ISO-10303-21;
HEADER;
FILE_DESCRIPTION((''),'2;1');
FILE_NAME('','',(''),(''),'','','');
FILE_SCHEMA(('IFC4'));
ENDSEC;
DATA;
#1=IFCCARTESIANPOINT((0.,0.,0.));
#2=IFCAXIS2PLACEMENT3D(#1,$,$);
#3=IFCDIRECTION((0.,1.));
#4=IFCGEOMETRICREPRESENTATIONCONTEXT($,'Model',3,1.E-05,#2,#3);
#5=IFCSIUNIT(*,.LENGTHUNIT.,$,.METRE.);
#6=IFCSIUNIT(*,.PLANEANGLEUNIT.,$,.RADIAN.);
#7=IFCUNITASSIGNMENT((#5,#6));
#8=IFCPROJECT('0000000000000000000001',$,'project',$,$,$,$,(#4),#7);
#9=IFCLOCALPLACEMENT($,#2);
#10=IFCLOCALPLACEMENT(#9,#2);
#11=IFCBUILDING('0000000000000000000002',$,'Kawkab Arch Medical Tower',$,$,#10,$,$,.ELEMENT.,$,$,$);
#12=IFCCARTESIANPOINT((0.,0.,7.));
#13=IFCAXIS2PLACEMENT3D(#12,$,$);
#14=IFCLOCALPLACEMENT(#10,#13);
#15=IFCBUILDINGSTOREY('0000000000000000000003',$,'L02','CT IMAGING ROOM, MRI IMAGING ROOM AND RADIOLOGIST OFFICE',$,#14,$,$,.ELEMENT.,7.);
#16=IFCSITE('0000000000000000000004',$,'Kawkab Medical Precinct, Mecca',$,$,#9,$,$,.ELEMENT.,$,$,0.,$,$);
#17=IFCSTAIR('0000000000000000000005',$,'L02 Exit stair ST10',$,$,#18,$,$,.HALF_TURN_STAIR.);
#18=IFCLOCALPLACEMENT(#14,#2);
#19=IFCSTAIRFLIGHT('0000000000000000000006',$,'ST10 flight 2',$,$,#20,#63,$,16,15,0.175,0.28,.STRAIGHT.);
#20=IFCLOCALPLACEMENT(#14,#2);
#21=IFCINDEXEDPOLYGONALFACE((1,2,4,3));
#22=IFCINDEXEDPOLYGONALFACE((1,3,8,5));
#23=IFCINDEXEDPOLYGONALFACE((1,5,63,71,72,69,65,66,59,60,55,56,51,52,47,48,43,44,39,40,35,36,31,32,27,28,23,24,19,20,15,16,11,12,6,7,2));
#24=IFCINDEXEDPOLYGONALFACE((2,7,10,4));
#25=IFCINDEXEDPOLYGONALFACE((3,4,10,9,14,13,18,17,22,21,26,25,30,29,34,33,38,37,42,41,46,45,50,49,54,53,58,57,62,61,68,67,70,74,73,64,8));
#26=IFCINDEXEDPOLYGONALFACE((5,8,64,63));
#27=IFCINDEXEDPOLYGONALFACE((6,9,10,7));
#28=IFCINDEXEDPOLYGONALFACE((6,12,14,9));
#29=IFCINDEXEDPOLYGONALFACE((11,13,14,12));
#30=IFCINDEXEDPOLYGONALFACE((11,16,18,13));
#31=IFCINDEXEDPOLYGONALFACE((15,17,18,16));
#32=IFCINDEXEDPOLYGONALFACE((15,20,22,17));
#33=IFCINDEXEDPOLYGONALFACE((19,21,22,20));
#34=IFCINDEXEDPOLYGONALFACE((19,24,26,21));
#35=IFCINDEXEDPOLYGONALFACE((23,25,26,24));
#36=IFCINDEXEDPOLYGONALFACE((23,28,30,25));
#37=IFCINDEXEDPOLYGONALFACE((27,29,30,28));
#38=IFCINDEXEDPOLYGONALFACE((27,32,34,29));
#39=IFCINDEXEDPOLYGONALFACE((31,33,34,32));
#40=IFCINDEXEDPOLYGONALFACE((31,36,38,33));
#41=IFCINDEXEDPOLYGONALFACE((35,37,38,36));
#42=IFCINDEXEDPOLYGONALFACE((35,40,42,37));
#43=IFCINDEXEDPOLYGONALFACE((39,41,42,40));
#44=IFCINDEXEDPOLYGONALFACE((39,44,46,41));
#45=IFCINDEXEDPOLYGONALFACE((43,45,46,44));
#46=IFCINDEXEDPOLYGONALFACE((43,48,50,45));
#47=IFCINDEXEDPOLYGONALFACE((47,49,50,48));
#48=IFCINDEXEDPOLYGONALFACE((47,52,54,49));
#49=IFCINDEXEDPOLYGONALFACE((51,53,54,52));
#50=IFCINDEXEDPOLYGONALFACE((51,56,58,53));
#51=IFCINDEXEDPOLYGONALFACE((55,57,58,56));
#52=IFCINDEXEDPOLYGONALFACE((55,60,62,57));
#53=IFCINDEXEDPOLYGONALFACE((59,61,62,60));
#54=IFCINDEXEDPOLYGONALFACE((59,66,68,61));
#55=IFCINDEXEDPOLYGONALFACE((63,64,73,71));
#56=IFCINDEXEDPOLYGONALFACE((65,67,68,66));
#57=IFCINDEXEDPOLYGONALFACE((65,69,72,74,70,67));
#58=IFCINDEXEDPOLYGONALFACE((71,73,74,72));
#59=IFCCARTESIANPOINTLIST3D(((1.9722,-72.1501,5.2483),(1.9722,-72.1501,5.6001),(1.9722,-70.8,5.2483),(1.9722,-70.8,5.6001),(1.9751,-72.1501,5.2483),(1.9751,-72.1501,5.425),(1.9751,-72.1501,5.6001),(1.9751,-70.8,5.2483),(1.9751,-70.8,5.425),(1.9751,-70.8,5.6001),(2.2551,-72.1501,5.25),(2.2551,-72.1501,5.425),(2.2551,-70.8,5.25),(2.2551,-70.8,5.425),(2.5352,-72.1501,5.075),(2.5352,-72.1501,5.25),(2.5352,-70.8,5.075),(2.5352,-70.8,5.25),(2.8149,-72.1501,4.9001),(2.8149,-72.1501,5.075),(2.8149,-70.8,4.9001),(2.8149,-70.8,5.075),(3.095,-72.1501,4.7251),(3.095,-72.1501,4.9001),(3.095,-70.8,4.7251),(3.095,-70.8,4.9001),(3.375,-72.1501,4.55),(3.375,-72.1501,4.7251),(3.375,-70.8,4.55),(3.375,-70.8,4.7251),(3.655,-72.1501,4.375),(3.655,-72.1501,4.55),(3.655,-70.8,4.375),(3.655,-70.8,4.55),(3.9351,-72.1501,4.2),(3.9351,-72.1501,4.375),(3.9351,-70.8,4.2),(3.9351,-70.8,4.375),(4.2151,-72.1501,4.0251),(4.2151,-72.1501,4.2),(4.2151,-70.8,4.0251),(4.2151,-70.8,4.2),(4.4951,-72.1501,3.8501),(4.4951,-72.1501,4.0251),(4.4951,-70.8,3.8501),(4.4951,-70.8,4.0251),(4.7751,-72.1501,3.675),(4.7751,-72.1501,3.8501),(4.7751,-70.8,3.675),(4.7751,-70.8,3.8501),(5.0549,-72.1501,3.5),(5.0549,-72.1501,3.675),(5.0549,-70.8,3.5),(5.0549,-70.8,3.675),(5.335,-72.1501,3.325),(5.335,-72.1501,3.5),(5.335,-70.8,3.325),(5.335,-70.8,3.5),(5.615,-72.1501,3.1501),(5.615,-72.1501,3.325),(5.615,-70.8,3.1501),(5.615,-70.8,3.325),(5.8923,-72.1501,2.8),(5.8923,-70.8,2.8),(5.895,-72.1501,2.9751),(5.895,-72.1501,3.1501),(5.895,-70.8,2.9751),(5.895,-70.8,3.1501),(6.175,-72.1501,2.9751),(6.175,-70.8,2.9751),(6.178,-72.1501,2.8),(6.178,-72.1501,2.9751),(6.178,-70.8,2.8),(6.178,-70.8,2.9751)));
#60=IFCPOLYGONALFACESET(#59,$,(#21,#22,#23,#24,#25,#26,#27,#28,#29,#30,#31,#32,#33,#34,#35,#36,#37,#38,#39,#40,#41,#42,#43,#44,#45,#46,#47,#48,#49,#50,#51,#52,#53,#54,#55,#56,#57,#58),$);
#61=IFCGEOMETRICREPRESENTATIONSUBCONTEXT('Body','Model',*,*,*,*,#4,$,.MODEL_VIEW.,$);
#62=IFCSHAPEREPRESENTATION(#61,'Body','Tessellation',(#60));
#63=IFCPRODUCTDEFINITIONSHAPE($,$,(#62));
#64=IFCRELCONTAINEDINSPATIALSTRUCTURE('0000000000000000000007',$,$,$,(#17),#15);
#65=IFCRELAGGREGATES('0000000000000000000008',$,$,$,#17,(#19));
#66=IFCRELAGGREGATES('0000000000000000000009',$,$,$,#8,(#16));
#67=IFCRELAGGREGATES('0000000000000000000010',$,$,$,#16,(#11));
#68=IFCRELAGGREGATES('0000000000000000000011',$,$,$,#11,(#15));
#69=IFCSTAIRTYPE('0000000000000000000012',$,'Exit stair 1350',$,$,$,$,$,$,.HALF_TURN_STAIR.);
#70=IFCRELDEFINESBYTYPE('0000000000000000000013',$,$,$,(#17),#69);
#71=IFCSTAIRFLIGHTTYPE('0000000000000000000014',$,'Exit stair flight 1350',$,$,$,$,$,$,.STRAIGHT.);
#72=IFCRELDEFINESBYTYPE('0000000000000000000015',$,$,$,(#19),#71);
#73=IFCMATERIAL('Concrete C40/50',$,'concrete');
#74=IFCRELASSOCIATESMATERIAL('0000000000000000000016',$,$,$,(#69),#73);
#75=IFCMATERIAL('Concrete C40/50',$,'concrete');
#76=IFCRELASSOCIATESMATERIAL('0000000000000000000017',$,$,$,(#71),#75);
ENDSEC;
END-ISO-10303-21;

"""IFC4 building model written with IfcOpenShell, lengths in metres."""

from ifc_helpers import new_model, si_unit, direction, frame, origin, place, context, subcontext, project, spatial, polyline, outline, extrude, material, type_object, element, aggregate, save


model = new_model("IFC4")

# Units and contexts
model_context = context("Model", 3, precision=1e-05, world=origin(), true_north=direction((0.0, 1.0)))
body_context = subcontext(model_context, "Body", "Model", "MODEL_VIEW")
ifc_project = project(units=[si_unit("LENGTHUNIT", "METRE"), si_unit("PLANEANGLEUNIT", "RADIAN")], contexts=[model_context])

# Site, building, storey
site_placement = place(None, origin())
site = spatial("IfcSite", under=ifc_project, at=site_placement, Name="Kawkab Medical Precinct, Mecca", CompositionType="ELEMENT", RefElevation=0.0)
building_placement = place(site_placement, origin())
building = spatial("IfcBuilding", under=site, at=building_placement, Name="Kawkab Arch Medical Tower", CompositionType="ELEMENT")
storey_placement = place(building_placement, frame((0.0, 0.0, 7.0)))
storey = spatial("IfcBuildingStorey", under=building, at=storey_placement, Name="L02", Description="CT IMAGING ROOM, MRI IMAGING ROOM AND RADIOLOGIST OFFICE", CompositionType="ELEMENT", Elevation=7.0)

# Stair, stair flight
ifc_material_1 = material(Name="Concrete C40/50", Category="concrete")
stair_type = type_object("IfcStairType", Name="Exit stair 1350", PredefinedType="HALF_TURN_STAIR", material=ifc_material_1)
stair_placement = place(storey_placement, origin())
stair = element("IfcStair", 1, at=stair_placement, inside=storey, type_object=stair_type, Name="L02 Exit stair ST10", PredefinedType="HALF_TURN_STAIR")
ifc_material_2 = material(Name="Concrete C40/50", Category="concrete")
stair_flight_type = type_object("IfcStairFlightType", Name="Exit stair flight 1350", PredefinedType="STRAIGHT", material=ifc_material_2)
stair_flight_placement = place(storey_placement, frame((6.175, -71.4751, 2.8), z_axis=(0.0, 0.0, 1.0), x_axis=(-1.0, 0.0, 0.0)))
stair_flight = element("IfcStairFlight", 2, at=stair_flight_placement, type_object=stair_flight_type, Name="ST10 flight 2", NumberOfRisers=16, NumberOfTreads=15, PredefinedType="STRAIGHT", RiserHeight=0.175, TreadLength=0.28, context=body_context, shape_type="SweptSolid", body=[
    extrude(outline(polyline([(-0.0029, 0.0), (-0.0029, 0.175), (0.0, 0.175), (0.28, 0.175), (0.28, 0.3501), (0.5601, 0.3501), (0.5601, 0.5249), (0.8401, 0.5249), (0.8401, 0.7), (1.1201, 0.7), (1.1201, 0.875), (1.3999, 0.875), (1.3999, 1.05), (1.6799, 1.05), (1.6799, 1.2251), (1.96, 1.2251), (1.96, 1.3999), (2.24, 1.3999), (2.24, 1.575), (2.52, 1.575), (2.52, 1.75), (2.8, 1.75), (2.8, 1.925), (3.0801, 1.925), (3.0801, 2.1001), (3.3601, 2.1001), (3.3601, 2.2749), (3.6399, 2.2749), (3.6399, 2.45), (3.9199, 2.45), (3.9199, 2.625), (4.2, 2.625), (4.2, 2.8), (4.2029, 2.8), (4.2029, 2.4482), (4.2, 2.4482), (0.2827, 0.0), (-0.0029, 0.0)])), frame((0.0, 0.675, 0.0), z_axis=(0.0, -1.0, 0.0), x_axis=(1.0, 0.0, 0.0)), (0.0, 0.0, 1.0), 1.3501),
])
aggregate(stair, [stair_flight])

save(model, "model.ifc")
